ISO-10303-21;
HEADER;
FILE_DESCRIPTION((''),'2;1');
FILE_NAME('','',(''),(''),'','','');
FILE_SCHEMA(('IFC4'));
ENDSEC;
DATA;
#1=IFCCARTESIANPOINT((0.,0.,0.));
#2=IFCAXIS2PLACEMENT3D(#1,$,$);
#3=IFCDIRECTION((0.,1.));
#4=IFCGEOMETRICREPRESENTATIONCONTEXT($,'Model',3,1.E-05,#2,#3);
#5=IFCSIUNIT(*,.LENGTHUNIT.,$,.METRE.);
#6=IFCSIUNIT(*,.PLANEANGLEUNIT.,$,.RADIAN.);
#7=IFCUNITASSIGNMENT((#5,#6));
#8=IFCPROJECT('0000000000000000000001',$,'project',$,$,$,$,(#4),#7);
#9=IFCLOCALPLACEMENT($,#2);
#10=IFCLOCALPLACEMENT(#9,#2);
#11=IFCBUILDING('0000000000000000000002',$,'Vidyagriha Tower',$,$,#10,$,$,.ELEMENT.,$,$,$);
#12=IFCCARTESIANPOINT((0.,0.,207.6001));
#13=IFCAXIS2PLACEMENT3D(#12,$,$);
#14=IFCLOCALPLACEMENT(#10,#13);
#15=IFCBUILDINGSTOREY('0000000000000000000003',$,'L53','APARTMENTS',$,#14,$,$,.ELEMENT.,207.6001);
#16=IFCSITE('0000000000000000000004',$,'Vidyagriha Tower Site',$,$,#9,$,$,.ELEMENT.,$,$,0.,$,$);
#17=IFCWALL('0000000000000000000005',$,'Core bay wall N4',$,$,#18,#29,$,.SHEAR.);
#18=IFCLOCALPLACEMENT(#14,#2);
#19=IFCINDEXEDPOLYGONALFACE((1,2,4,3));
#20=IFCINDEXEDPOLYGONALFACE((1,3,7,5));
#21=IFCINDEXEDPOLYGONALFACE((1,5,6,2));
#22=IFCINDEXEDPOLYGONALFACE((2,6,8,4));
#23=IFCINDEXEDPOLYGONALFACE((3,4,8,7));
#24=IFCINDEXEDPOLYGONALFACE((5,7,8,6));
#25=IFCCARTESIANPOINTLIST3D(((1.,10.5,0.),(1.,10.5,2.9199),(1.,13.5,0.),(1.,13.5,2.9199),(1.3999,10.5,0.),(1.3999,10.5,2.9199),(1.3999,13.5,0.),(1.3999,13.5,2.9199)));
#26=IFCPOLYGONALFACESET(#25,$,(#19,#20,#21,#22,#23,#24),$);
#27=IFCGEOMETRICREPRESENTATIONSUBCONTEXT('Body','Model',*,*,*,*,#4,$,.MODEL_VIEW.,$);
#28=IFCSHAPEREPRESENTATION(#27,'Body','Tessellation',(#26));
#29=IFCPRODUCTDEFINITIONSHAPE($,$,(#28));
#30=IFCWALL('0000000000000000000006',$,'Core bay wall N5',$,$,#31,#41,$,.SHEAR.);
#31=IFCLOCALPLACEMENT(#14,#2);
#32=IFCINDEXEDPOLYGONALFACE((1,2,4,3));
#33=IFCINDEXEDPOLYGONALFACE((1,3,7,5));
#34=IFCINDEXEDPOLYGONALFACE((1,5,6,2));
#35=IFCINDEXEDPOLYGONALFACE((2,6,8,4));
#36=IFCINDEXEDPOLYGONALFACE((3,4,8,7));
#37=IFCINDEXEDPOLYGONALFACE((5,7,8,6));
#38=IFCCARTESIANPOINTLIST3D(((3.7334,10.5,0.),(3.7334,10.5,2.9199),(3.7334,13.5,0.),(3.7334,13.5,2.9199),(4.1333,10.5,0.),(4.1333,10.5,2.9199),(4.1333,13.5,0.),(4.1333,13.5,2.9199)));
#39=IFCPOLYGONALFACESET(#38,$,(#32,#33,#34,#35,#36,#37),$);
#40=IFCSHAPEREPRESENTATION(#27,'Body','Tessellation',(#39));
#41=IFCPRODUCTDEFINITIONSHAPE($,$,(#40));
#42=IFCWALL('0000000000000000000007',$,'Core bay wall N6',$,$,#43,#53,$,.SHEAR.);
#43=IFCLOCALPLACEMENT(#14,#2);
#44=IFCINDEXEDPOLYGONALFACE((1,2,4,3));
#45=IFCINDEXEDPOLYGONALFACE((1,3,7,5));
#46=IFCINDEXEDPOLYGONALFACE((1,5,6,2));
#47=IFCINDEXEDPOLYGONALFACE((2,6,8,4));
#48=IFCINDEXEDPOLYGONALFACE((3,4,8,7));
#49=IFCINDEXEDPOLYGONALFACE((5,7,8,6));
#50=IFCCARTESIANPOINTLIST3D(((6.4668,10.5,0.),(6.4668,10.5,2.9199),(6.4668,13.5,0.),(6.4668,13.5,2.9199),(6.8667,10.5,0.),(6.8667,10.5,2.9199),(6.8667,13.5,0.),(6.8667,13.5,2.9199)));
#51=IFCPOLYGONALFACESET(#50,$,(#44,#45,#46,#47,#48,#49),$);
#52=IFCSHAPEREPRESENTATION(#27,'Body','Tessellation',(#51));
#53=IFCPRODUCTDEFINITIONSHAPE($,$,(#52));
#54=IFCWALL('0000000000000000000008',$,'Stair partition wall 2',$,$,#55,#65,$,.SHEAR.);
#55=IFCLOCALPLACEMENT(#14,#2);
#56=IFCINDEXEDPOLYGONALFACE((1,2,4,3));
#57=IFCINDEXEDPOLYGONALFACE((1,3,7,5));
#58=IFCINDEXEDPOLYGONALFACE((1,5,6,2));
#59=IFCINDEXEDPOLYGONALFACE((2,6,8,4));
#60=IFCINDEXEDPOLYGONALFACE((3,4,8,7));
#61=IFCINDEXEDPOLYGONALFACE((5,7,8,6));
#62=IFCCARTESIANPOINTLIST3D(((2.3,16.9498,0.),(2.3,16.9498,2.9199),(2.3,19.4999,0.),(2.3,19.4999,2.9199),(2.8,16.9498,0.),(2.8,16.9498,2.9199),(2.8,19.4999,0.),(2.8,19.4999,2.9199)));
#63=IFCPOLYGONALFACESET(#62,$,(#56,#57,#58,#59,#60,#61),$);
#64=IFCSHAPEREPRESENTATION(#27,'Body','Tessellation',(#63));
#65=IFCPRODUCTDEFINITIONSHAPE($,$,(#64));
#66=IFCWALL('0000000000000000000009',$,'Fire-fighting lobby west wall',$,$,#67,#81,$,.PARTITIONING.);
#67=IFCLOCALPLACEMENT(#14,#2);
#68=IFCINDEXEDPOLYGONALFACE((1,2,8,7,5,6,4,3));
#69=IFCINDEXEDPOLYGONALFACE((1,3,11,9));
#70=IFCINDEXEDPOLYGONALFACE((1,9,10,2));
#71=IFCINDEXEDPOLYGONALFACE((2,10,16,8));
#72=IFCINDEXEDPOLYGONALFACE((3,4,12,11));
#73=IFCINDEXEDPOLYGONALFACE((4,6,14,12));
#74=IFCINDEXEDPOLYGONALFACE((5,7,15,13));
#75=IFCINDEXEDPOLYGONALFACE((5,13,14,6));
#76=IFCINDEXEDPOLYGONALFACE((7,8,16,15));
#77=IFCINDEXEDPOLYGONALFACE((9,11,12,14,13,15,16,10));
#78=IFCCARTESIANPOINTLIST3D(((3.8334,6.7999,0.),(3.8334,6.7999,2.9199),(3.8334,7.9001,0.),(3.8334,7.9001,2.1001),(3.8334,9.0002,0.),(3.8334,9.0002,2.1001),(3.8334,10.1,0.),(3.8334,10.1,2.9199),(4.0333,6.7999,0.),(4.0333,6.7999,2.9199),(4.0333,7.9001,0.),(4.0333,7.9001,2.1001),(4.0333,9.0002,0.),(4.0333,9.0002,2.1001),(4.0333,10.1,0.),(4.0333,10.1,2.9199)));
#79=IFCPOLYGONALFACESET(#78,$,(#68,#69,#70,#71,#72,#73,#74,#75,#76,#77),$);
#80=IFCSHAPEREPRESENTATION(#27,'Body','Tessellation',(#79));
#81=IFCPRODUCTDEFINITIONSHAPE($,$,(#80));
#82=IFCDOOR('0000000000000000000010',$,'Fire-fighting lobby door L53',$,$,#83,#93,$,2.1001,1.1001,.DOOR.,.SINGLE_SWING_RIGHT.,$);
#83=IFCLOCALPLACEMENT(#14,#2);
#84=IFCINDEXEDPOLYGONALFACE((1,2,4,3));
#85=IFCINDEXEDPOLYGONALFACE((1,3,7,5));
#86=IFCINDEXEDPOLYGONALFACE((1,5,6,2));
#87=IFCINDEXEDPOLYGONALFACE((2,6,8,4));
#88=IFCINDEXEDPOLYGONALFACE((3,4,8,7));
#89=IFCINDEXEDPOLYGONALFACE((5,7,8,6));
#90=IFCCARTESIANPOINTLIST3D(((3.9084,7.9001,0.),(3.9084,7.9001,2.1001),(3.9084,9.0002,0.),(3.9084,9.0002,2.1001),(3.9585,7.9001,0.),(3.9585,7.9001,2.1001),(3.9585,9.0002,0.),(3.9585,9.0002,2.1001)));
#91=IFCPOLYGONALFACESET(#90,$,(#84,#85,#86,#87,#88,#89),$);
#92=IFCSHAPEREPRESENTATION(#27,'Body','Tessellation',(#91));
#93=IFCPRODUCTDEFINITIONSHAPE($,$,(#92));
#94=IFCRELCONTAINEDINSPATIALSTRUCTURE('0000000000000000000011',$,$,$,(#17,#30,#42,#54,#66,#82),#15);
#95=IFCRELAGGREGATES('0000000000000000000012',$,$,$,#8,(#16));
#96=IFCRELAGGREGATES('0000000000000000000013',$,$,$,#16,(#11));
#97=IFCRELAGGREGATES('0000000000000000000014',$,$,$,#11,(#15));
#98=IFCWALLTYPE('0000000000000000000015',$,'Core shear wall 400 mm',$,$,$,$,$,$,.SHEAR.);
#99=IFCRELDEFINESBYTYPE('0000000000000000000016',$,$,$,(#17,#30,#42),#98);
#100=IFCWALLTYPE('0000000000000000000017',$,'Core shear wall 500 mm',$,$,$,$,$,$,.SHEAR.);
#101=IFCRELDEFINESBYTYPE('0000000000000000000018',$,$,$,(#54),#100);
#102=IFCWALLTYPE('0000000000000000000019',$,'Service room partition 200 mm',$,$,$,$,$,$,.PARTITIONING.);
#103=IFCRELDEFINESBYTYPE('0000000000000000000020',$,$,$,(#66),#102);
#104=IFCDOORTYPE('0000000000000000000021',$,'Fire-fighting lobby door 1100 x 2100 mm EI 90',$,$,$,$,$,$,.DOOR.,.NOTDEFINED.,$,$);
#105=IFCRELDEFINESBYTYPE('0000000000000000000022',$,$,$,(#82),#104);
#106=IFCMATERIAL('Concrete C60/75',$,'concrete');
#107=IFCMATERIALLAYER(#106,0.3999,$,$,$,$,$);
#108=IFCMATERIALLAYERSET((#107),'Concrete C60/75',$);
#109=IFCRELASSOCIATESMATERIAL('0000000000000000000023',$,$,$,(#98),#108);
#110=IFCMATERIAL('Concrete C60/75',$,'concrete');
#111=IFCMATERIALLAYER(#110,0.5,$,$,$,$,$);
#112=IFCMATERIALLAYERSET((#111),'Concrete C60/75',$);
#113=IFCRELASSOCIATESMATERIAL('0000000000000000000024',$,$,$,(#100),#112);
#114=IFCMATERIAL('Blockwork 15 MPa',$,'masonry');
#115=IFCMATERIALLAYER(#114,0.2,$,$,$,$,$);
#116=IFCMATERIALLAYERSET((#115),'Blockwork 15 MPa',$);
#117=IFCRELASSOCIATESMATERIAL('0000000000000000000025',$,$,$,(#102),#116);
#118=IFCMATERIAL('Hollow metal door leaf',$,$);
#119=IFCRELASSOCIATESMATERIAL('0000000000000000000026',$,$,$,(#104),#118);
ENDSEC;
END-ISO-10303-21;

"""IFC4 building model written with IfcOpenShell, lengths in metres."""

from ifc_helpers import new_model, si_unit, direction, frame, frame_2d, origin, place, context, subcontext, project, spatial, rectangle, extrude, material, layer, layer_set, type_object, element, fill, save


model = new_model("IFC4")

# Units and contexts
model_context = context("Model", 3, precision=1e-05, world=origin(), true_north=direction((0.0, 1.0)))
body_context = subcontext(model_context, "Body", "Model", "MODEL_VIEW")
ifc_project = project(units=[si_unit("LENGTHUNIT", "METRE"), si_unit("PLANEANGLEUNIT", "RADIAN")], contexts=[model_context])

# Site, building, storey
site_placement = place(None, origin())
site = spatial("IfcSite", under=ifc_project, at=site_placement, Name="Vidyagriha Tower Site", CompositionType="ELEMENT", RefElevation=0.0)
building_placement = place(site_placement, origin())
building = spatial("IfcBuilding", under=site, at=building_placement, Name="Vidyagriha Tower", CompositionType="ELEMENT")
storey_placement = place(building_placement, frame((0.0, 0.0, 207.6001)))
storey = spatial("IfcBuildingStorey", under=building, at=storey_placement, Name="L53", Description="APARTMENTS", CompositionType="ELEMENT", Elevation=207.6001)

# Shared definitions
ifc_material_1 = material(Name="Concrete C60/75", Category="concrete")
ifc_layer_1 = layer(ifc_material_1, 0.3999)
ifc_layer_set_1 = layer_set([ifc_layer_1], Name="Concrete C60/75")
wall_type_1 = type_object("IfcWallType", Name="Core shear wall 400 mm", PredefinedType="SHEAR", material=ifc_layer_set_1)

# Walls
for number, where, z_axis, x_axis, name in (
    (1, (1.2, 10.5, 0.0), (0.0, 0.0, 1.0), (0.0, 1.0, 0.0), "Core bay wall N4"),
    (2, (3.9333, 10.5, 0.0), (0.0, 0.0, 1.0), (0.0, 1.0, 0.0), "Core bay wall N5"),
    (3, (6.6667, 10.5, 0.0), (0.0, 0.0, 1.0), (0.0, 1.0, 0.0), "Core bay wall N6"),
):
    element("IfcWall", number, at=place(storey_placement, frame(where, z_axis=z_axis, x_axis=x_axis)), inside=storey, type_object=wall_type_1, Name=name, PredefinedType="SHEAR", context=body_context, shape_type="SweptSolid", body=[
        extrude(rectangle(XDim=3.0, YDim=0.3999, at=frame_2d((1.5, 0.0))), origin(), (0.0, 0.0, 1.0), 2.9199),
    ])
ifc_material_2 = material(Name="Concrete C60/75", Category="concrete")
ifc_layer_2 = layer(ifc_material_2, 0.5)
ifc_layer_set_2 = layer_set([ifc_layer_2], Name="Concrete C60/75")
wall_type_2 = type_object("IfcWallType", Name="Core shear wall 500 mm", PredefinedType="SHEAR", material=ifc_layer_set_2)
wall_1_placement = place(storey_placement, frame((2.55, 16.95, 0.0), z_axis=(0.0, 0.0, 1.0), x_axis=(0.0, 1.0, 0.0)))
element("IfcWall", 4, at=wall_1_placement, inside=storey, type_object=wall_type_2, Name="Stair partition wall 2", PredefinedType="SHEAR", context=body_context, shape_type="SweptSolid", body=[
    extrude(rectangle(XDim=2.55, YDim=0.5, at=frame_2d((1.2749, 0.0))), origin(), (0.0, 0.0, 1.0), 2.9199),
])

# Wall, opening, door
ifc_material_3 = material(Name="Blockwork 15 MPa", Category="masonry")
ifc_layer_3 = layer(ifc_material_3, 0.2)
ifc_layer_set_3 = layer_set([ifc_layer_3], Name="Blockwork 15 MPa")
wall_type_3 = type_object("IfcWallType", Name="Service room partition 200 mm", PredefinedType="PARTITIONING", material=ifc_layer_set_3)
wall_2_placement = place(storey_placement, frame((3.9333, 6.8, 0.0), z_axis=(0.0, 0.0, 1.0), x_axis=(0.0, 1.0, 0.0)))
wall_2 = element("IfcWall", 5, at=wall_2_placement, inside=storey, type_object=wall_type_3, Name="Fire-fighting lobby west wall", PredefinedType="PARTITIONING", context=body_context, shape_type="SweptSolid", body=[
    extrude(rectangle(XDim=3.3, YDim=0.2, at=frame_2d((1.6499, 0.0))), origin(), (0.0, 0.0, 1.0), 2.9199),
])
opening_1_placement = place(wall_2_placement, frame((1.1001, 0.0, 0.0)))
opening_1 = element("IfcOpeningElement", 6, at=opening_1_placement, cuts=wall_2, PredefinedType="OPENING", context=body_context, shape_type="SweptSolid", body=[
    extrude(rectangle(XDim=1.1001, YDim=2.1001, at=frame_2d((0.55, 1.05))), frame((0.0, 0.1099, 0.0), z_axis=(0.0, -1.0, 0.0), x_axis=(1.0, 0.0, 0.0)), (0.0, 0.0, 1.0), 0.22),
])
ifc_material_4 = material(Name="Hollow metal door leaf")
door_type_1 = type_object("IfcDoorType", Name="Fire-fighting lobby door 1100 x 2100 mm EI 90", OperationType="NOTDEFINED", PredefinedType="DOOR", material=ifc_material_4)
door_1_placement = place(opening_1_placement, origin())
door_1 = element("IfcDoor", 7, at=door_1_placement, inside=storey, type_object=door_type_1, Name="Fire-fighting lobby door L53", OperationType="SINGLE_SWING_RIGHT", OverallHeight=2.1001, OverallWidth=1.1001, PredefinedType="DOOR", context=body_context, shape_type="SweptSolid", body=[
    extrude(rectangle(XDim=1.1001, YDim=2.1001, at=frame_2d((0.55, 1.05))), frame((0.0, 0.0249, 0.0), z_axis=(0.0, -1.0, 0.0), x_axis=(1.0, 0.0, 0.0)), (0.0, 0.0, 1.0), 0.05),
])
fill(opening_1, door_1)

save(model, "model.ifc")
